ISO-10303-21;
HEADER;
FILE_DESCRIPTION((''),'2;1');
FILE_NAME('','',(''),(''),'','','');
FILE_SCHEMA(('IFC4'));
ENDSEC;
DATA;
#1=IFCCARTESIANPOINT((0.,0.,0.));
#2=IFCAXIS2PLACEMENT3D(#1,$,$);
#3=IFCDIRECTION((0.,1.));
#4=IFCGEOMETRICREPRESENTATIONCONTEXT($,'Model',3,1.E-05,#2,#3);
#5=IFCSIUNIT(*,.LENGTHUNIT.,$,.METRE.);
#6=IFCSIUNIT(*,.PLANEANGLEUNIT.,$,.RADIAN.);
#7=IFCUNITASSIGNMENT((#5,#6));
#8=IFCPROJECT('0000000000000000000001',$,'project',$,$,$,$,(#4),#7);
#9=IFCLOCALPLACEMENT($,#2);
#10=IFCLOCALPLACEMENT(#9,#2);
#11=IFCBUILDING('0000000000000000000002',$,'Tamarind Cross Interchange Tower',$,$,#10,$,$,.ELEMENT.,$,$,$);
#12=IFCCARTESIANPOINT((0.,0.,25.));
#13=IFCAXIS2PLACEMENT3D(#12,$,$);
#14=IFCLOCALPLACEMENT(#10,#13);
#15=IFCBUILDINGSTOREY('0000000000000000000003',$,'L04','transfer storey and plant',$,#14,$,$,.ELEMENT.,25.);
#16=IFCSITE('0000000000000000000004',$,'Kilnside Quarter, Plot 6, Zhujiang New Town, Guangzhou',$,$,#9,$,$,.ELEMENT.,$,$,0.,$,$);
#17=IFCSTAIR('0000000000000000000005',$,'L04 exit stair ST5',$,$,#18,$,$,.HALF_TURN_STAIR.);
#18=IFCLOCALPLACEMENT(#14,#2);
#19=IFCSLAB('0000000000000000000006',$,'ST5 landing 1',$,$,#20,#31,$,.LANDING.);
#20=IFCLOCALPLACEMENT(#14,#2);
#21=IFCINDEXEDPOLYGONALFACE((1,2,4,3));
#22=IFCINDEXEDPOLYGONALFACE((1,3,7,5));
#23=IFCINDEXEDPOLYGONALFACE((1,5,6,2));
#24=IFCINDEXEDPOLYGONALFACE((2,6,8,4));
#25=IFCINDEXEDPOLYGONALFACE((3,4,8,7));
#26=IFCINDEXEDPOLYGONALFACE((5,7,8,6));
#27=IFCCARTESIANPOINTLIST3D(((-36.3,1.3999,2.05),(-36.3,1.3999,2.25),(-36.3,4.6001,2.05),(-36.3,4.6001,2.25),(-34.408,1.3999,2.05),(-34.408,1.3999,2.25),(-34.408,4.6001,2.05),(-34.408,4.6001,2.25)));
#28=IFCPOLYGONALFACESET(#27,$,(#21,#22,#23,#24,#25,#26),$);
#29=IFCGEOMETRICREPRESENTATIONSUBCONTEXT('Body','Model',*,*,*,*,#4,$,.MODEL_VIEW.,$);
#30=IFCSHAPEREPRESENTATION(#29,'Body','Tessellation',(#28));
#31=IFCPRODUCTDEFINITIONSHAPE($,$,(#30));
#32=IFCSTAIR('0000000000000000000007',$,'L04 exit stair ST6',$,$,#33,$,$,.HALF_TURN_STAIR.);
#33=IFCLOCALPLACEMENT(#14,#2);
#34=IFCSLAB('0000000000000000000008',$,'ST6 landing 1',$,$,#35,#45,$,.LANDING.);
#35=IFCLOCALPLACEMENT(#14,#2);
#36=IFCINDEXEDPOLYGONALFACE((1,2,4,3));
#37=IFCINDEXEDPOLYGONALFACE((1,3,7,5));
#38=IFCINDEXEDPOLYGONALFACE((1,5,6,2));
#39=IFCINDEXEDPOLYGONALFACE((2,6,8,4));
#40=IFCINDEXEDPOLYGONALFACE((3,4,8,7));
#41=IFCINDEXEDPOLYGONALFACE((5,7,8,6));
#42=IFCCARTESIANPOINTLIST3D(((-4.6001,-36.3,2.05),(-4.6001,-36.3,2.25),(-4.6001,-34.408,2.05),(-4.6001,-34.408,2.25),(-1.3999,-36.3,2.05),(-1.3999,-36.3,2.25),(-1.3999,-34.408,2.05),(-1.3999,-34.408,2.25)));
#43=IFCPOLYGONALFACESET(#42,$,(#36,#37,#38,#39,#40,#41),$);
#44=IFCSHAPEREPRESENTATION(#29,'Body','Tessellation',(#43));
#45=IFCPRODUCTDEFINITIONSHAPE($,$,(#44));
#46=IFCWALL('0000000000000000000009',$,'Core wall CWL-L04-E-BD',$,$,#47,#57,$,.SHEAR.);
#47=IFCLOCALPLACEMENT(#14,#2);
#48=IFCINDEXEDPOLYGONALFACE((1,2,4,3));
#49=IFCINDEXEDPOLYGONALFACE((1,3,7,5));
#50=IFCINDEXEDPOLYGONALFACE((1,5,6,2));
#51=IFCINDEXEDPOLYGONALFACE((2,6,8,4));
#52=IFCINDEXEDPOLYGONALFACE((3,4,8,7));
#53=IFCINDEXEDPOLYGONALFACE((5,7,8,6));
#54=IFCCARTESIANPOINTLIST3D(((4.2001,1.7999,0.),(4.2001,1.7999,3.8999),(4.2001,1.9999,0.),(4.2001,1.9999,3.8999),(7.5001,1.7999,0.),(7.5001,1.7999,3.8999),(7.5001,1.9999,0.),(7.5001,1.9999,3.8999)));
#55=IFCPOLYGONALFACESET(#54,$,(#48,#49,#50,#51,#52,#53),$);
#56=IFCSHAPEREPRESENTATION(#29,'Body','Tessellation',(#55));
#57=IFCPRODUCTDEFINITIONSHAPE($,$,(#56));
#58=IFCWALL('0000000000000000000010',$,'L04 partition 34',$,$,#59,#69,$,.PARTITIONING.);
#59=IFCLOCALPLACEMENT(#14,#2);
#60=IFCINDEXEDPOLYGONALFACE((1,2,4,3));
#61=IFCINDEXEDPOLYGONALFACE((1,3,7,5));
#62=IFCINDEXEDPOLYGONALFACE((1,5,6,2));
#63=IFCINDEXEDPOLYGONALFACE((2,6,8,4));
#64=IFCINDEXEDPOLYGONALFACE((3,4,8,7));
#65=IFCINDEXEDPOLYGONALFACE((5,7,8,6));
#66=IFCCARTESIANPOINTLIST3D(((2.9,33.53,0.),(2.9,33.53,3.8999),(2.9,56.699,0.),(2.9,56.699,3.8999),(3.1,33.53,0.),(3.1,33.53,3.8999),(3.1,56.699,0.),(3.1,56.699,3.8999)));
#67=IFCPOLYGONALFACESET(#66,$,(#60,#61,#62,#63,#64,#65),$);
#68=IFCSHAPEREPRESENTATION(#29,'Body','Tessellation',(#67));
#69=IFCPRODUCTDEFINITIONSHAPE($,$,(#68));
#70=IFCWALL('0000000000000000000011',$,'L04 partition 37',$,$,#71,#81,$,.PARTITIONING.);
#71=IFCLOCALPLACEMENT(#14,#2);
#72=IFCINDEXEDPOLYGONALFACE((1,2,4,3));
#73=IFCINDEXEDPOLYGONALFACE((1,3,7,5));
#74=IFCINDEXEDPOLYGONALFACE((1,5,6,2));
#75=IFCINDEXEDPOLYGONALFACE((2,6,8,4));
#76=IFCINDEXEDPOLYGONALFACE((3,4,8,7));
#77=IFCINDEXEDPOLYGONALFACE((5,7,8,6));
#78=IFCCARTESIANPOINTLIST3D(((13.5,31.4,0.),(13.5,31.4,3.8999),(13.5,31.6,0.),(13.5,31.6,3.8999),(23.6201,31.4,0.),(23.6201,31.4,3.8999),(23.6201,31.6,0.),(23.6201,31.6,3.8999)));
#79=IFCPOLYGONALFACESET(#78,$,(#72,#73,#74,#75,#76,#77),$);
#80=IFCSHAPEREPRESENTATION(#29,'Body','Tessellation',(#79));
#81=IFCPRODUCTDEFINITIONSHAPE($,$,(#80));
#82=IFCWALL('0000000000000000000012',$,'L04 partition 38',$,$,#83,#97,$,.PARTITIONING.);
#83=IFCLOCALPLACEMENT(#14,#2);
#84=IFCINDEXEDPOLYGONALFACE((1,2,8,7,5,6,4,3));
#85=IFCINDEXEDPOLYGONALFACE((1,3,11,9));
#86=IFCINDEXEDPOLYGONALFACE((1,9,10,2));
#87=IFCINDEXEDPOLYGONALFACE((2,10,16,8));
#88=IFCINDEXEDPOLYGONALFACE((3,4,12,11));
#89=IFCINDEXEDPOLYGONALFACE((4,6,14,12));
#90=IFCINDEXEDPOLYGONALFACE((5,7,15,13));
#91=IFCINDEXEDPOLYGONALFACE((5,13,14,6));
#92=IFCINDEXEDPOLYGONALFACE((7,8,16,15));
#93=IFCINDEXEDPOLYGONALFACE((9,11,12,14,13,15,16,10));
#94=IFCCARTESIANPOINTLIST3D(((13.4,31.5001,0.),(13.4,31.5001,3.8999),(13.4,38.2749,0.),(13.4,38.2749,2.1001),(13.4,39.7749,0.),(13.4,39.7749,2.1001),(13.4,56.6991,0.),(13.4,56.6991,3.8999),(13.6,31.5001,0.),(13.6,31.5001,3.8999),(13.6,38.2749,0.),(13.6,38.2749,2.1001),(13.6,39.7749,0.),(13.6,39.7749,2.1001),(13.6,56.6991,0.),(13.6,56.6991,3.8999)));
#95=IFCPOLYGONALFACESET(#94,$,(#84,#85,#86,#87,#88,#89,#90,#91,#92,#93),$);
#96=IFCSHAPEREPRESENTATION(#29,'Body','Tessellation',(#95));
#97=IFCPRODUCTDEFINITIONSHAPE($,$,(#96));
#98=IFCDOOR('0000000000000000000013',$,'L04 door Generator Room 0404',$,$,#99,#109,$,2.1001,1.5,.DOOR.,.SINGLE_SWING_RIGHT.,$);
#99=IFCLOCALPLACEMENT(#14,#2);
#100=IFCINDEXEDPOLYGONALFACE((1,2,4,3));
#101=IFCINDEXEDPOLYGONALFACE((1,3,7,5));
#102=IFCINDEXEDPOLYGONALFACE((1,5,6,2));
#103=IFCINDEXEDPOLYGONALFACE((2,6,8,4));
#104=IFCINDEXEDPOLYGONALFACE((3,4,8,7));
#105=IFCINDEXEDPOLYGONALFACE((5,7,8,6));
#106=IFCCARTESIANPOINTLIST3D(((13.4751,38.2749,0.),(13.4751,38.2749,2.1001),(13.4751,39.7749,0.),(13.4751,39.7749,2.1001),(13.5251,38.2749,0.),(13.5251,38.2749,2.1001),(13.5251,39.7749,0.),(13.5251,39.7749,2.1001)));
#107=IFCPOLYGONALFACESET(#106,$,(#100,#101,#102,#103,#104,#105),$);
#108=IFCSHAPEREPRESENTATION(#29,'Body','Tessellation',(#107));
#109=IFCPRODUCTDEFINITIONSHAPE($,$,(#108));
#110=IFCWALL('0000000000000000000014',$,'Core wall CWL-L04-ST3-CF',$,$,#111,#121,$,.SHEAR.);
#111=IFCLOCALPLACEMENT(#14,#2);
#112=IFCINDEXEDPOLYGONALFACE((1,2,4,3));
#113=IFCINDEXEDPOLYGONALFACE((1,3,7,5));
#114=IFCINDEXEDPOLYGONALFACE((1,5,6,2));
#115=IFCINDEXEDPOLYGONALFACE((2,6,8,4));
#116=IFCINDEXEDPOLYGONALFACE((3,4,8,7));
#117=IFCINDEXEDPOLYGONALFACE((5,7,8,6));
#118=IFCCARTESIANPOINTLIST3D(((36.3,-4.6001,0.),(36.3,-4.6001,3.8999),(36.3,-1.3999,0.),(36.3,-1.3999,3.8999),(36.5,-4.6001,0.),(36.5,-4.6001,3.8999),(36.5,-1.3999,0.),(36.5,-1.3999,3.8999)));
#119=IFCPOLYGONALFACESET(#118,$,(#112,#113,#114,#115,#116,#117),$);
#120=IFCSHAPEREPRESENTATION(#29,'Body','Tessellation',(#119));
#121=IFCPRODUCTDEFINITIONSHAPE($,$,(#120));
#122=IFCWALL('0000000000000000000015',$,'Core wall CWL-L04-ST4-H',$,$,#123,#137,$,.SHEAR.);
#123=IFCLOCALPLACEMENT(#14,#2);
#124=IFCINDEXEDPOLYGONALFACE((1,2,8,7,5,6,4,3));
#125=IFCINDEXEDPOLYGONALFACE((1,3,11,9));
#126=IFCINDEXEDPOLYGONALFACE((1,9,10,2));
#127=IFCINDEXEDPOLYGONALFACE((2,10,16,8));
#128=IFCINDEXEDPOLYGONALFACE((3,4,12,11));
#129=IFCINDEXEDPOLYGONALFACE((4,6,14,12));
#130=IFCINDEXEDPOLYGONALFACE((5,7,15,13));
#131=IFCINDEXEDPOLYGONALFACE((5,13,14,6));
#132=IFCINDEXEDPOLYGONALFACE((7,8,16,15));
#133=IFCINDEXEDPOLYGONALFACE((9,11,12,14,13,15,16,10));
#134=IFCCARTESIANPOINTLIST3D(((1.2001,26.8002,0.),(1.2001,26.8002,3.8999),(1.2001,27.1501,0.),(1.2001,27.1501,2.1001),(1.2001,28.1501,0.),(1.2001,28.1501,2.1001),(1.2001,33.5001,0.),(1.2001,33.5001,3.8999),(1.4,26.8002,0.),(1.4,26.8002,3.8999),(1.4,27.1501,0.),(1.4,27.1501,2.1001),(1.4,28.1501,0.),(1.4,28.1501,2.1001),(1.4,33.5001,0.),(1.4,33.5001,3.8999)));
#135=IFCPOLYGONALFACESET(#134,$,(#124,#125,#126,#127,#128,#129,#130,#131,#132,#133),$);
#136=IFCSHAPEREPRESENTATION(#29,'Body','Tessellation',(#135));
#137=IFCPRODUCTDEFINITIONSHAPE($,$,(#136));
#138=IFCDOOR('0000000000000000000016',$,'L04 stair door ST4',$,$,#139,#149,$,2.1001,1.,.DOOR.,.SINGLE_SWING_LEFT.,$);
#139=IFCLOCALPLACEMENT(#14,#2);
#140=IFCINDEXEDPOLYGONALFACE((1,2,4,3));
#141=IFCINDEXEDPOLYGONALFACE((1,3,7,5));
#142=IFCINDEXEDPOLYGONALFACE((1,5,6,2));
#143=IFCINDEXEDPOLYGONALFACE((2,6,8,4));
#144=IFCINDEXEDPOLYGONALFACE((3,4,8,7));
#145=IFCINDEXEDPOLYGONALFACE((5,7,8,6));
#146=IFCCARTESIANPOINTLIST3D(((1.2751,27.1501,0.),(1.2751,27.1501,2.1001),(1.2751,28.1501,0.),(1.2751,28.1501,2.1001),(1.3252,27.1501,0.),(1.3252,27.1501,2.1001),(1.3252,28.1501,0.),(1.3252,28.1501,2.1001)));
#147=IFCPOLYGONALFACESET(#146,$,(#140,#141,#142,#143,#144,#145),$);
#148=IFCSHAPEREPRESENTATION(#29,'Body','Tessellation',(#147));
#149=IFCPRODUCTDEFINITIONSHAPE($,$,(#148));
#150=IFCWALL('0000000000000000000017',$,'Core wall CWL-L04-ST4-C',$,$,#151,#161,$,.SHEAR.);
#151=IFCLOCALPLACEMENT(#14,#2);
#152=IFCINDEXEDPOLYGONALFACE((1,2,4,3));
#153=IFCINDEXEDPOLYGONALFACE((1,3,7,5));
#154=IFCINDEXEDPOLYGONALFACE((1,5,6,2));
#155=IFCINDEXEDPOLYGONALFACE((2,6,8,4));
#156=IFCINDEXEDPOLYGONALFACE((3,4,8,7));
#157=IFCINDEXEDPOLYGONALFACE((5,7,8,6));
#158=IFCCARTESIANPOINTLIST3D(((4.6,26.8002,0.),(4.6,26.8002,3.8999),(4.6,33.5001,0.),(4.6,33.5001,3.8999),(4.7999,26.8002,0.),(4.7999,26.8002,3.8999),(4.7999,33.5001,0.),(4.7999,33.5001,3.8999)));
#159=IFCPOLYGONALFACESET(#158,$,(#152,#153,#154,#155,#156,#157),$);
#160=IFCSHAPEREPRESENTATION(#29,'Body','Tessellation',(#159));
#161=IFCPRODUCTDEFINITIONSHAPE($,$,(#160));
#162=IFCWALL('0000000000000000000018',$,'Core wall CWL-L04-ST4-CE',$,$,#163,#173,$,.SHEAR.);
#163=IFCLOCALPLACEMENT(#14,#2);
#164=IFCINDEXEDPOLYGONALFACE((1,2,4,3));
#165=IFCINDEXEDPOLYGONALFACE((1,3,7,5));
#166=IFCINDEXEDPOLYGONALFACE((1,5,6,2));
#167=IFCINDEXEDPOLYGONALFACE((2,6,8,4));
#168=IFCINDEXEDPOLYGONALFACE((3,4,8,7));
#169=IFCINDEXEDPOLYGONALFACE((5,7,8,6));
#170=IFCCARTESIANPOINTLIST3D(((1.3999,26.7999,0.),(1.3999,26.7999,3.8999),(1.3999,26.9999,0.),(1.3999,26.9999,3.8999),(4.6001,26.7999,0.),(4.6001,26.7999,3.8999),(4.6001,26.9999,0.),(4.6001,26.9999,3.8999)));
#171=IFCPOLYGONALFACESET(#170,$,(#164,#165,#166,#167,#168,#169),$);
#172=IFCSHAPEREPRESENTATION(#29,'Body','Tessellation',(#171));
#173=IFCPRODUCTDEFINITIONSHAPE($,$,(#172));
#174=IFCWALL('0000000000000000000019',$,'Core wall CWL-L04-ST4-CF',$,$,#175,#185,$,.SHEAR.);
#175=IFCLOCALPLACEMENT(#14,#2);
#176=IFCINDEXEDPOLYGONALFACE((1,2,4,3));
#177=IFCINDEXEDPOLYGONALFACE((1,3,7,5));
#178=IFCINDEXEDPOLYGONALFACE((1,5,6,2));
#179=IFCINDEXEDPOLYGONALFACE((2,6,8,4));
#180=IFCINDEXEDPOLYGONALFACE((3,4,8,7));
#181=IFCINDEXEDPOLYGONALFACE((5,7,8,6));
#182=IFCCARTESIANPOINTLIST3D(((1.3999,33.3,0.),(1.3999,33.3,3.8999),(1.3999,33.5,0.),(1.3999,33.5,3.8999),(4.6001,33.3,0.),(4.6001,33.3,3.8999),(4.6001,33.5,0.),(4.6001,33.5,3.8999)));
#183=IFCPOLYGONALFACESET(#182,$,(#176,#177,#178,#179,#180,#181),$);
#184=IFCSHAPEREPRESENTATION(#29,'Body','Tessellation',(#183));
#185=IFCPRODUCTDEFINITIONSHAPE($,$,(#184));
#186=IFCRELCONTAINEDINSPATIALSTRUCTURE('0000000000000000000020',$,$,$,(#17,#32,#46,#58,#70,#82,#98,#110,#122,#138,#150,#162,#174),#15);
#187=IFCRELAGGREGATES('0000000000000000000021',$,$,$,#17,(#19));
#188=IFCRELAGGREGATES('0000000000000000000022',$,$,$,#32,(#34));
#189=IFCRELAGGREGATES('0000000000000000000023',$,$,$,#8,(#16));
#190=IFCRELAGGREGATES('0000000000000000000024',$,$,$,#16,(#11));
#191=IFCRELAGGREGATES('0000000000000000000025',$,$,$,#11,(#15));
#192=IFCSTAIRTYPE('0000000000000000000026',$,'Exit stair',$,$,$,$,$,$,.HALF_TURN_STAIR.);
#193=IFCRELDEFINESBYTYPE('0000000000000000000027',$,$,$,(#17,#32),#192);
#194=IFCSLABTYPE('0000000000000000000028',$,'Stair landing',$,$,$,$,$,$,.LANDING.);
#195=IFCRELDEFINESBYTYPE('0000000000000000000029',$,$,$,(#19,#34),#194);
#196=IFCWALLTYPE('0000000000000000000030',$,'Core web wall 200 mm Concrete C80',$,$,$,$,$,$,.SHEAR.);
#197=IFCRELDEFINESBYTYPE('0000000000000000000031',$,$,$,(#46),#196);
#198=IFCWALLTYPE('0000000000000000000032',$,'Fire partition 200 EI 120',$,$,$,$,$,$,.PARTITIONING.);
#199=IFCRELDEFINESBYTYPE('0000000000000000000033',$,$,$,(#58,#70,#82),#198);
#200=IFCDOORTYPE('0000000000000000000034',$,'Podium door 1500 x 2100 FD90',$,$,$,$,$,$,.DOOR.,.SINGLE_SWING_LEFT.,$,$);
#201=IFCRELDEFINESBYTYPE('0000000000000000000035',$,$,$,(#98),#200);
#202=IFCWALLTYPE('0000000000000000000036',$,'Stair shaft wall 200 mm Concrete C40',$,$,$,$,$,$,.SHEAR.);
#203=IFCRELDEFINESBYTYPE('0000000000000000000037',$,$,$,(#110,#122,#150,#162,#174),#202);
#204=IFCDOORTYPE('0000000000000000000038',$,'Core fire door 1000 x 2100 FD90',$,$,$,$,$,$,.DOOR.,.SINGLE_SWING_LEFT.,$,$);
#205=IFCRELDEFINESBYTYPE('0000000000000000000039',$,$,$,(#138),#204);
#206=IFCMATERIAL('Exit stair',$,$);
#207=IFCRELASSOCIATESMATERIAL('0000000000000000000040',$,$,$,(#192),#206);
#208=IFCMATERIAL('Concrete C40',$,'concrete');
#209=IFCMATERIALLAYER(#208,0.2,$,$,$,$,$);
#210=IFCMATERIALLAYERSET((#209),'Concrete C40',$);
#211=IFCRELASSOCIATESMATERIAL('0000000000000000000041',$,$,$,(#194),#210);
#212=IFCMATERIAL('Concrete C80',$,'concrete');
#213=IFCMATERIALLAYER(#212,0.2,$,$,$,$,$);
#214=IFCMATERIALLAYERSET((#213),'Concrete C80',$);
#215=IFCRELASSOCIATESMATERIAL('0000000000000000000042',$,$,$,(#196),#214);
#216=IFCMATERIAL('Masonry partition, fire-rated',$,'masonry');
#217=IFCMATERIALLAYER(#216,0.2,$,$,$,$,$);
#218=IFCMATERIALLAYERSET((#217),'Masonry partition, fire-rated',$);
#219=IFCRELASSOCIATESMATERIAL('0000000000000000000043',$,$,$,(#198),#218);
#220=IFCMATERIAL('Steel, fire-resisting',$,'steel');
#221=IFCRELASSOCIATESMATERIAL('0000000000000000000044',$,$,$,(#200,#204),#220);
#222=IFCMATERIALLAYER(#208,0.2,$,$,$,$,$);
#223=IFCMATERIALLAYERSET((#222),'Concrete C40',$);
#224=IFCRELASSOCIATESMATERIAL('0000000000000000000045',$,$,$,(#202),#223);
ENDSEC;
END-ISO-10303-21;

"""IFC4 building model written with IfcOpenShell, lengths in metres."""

from ifc_helpers import new_model, si_unit, direction, frame, frame_2d, origin, place, context, subcontext, project, spatial, polyline, rectangle, outline, extrude, material, layer, layer_set, type_object, element, fill, aggregate, save


model = new_model("IFC4")

# Units and contexts
model_context = context("Model", 3, precision=1e-05, world=origin(), true_north=direction((0.0, 1.0)))
body_context = subcontext(model_context, "Body", "Model", "MODEL_VIEW")
ifc_project = project(units=[si_unit("LENGTHUNIT", "METRE"), si_unit("PLANEANGLEUNIT", "RADIAN")], contexts=[model_context])

# Site, building, storey
site_placement = place(None, origin())
site = spatial("IfcSite", under=ifc_project, at=site_placement, Name="Kilnside Quarter, Plot 6, Zhujiang New Town, Guangzhou", CompositionType="ELEMENT", RefElevation=0.0)
building_placement = place(site_placement, origin())
building = spatial("IfcBuilding", under=site, at=building_placement, Name="Tamarind Cross Interchange Tower", CompositionType="ELEMENT")
storey_placement = place(building_placement, frame((0.0, 0.0, 25.0)))
storey = spatial("IfcBuildingStorey", under=building, at=storey_placement, Name="L04", Description="transfer storey and plant", CompositionType="ELEMENT", Elevation=25.0)

# Shared definitions
ifc_material_1 = material(Name="Concrete C80", Category="concrete")

# Stairs, slabs
ifc_material_2 = material(Name="Exit stair")
stair_type = type_object("IfcStairType", Name="Exit stair", PredefinedType="HALF_TURN_STAIR", material=ifc_material_2)
ifc_material_3 = material(Name="Concrete C40", Category="concrete")
ifc_layer_1 = layer(ifc_material_3, 0.2)
ifc_layer_set_1 = layer_set([ifc_layer_1], Name="Concrete C40")
slab_type = type_object("IfcSlabType", Name="Stair landing", PredefinedType="LANDING", material=ifc_layer_set_1)
stair_1_placement = place(storey_placement, origin())
stair_1 = element("IfcStair", 1, at=stair_1_placement, inside=storey, type_object=stair_type, Name="L04 exit stair ST5", PredefinedType="HALF_TURN_STAIR")
slab_1_placement = place(storey_placement, frame((0.0, 0.0, 2.05)))
slab_1 = element("IfcSlab", 2, at=slab_1_placement, type_object=slab_type, Name="ST5 landing 1", PredefinedType="LANDING", context=body_context, shape_type="SweptSolid", body=[
    extrude(outline(polyline([(-34.408, 4.6001), (-36.3, 4.6001), (-36.3, 1.3999), (-34.408, 1.3999), (-34.408, 4.6001)])), origin(), (0.0, 0.0, 1.0), 0.2),
])
aggregate(stair_1, [slab_1])
stair_2_placement = place(storey_placement, origin())
stair_2 = element("IfcStair", 3, at=stair_2_placement, inside=storey, type_object=stair_type, Name="L04 exit stair ST6", PredefinedType="HALF_TURN_STAIR")
slab_2_placement = place(storey_placement, frame((0.0, 0.0, 2.05)))
slab_2 = element("IfcSlab", 4, at=slab_2_placement, type_object=slab_type, Name="ST6 landing 1", PredefinedType="LANDING", context=body_context, shape_type="SweptSolid", body=[
    extrude(outline(polyline([(-4.6001, -34.408), (-4.6001, -36.3), (-1.3999, -36.3), (-1.3999, -34.408), (-4.6001, -34.408)])), origin(), (0.0, 0.0, 1.0), 0.2),
])
aggregate(stair_2, [slab_2])

# Walls
ifc_layer_2 = layer(ifc_material_1, 0.2)
ifc_layer_set_2 = layer_set([ifc_layer_2], Name="Concrete C80")
wall_type_1 = type_object("IfcWallType", Name="Core web wall 200 mm Concrete C80", PredefinedType="SHEAR", material=ifc_layer_set_2)
wall_1_placement = place(storey_placement, frame((7.5, 1.8999, 0.0), z_axis=(0.0, 0.0, 1.0), x_axis=(-1.0, 0.0, 0.0)))
element("IfcWall", 5, at=wall_1_placement, inside=storey, type_object=wall_type_1, Name="Core wall CWL-L04-E-BD", PredefinedType="SHEAR", context=body_context, shape_type="SweptSolid", body=[
    extrude(rectangle(XDim=3.3, YDim=0.2, at=frame_2d((1.6499, 0.0))), origin(), (0.0, 0.0, 1.0), 3.8999),
])
ifc_material_4 = material(Name="Masonry partition, fire-rated", Category="masonry")
ifc_layer_3 = layer(ifc_material_4, 0.2)
ifc_layer_set_3 = layer_set([ifc_layer_3], Name="Masonry partition, fire-rated")
wall_type_2 = type_object("IfcWallType", Name="Fire partition 200 EI 120", PredefinedType="PARTITIONING", material=ifc_layer_set_3)
wall_2_placement = place(storey_placement, frame((3.0, 33.53, 0.0), z_axis=(0.0, 0.0, 1.0), x_axis=(0.0, 1.0, 0.0)))
element("IfcWall", 6, at=wall_2_placement, inside=storey, type_object=wall_type_2, Name="L04 partition 34", PredefinedType="PARTITIONING", context=body_context, shape_type="SweptSolid", body=[
    extrude(rectangle(XDim=23.1689, YDim=0.2, at=frame_2d((11.5845, 0.0))), origin(), (0.0, 0.0, 1.0), 3.8999),
])
wall_3_placement = place(storey_placement, frame((13.5, 31.5, 0.0), z_axis=(0.0, 0.0, 1.0), x_axis=(1.0, 0.0, 0.0)))
element("IfcWall", 7, at=wall_3_placement, inside=storey, type_object=wall_type_2, Name="L04 partition 37", PredefinedType="PARTITIONING", context=body_context, shape_type="SweptSolid", body=[
    extrude(rectangle(XDim=10.1201, YDim=0.2, at=frame_2d((5.0601, 0.0))), origin(), (0.0, 0.0, 1.0), 3.8999),
])

# Wall, opening, door
wall_4_placement = place(storey_placement, frame((13.5, 31.5, 0.0), z_axis=(0.0, 0.0, 1.0), x_axis=(0.0, 1.0, 0.0)))
wall_4 = element("IfcWall", 8, at=wall_4_placement, inside=storey, type_object=wall_type_2, Name="L04 partition 38", PredefinedType="PARTITIONING", context=body_context, shape_type="SweptSolid", body=[
    extrude(rectangle(XDim=25.199, YDim=0.2, at=frame_2d((12.5996, 0.0))), origin(), (0.0, 0.0, 1.0), 3.8999),
])
opening_1_placement = place(wall_4_placement, frame((6.7749, 0.0, 0.0)))
opening_1 = element("IfcOpeningElement", 9, at=opening_1_placement, cuts=wall_4, PredefinedType="OPENING", context=body_context, shape_type="SweptSolid", body=[
    extrude(rectangle(XDim=1.5, YDim=2.1001, at=frame_2d((0.75, 1.05))), frame((0.0, 0.1099, 0.0), z_axis=(0.0, -1.0, 0.0), x_axis=(1.0, 0.0, 0.0)), (0.0, 0.0, 1.0), 0.22),
])
ifc_material_5 = material(Name="Steel, fire-resisting", Category="steel")
door_type_1 = type_object("IfcDoorType", Name="Podium door 1500 x 2100 FD90", OperationType="SINGLE_SWING_LEFT", PredefinedType="DOOR", material=ifc_material_5)
door_1_placement = place(opening_1_placement, origin())
door_1 = element("IfcDoor", 10, at=door_1_placement, inside=storey, type_object=door_type_1, Name="L04 door Generator Room 0404", OperationType="SINGLE_SWING_RIGHT", OverallHeight=2.1001, OverallWidth=1.5, PredefinedType="DOOR", context=body_context, shape_type="SweptSolid", body=[
    extrude(rectangle(XDim=1.5, YDim=2.1001, at=frame_2d((0.75, 1.05))), frame((0.0, 0.0249, 0.0), z_axis=(0.0, -1.0, 0.0), x_axis=(1.0, 0.0, 0.0)), (0.0, 0.0, 1.0), 0.05),
])
fill(opening_1, door_1)

# Wall
ifc_layer_4 = layer(ifc_material_3, 0.2)
ifc_layer_set_4 = layer_set([ifc_layer_4], Name="Concrete C40")
wall_type_3 = type_object("IfcWallType", Name="Stair shaft wall 200 mm Concrete C40", PredefinedType="SHEAR", material=ifc_layer_set_4)
wall_5_placement = place(storey_placement, origin())
element("IfcWall", 11, at=wall_5_placement, inside=storey, type_object=wall_type_3, Name="Core wall CWL-L04-ST3-CF", PredefinedType="SHEAR", context=body_context, shape_type="SweptSolid", body=[
    extrude(outline(polyline([(36.3, -4.6001), (36.5, -4.6001), (36.5, -1.3999), (36.3, -1.3999), (36.3, -4.6001)])), origin(), (0.0, 0.0, 1.0), 3.8999),
])

# Wall, opening, door
wall_6_placement = place(storey_placement, frame((1.3, 26.8, 0.0), z_axis=(0.0, 0.0, 1.0), x_axis=(0.0, 1.0, 0.0)))
wall_6 = element("IfcWall", 12, at=wall_6_placement, inside=storey, type_object=wall_type_3, Name="Core wall CWL-L04-ST4-H", PredefinedType="SHEAR", context=body_context, shape_type="SweptSolid", body=[
    extrude(rectangle(XDim=6.7, YDim=0.2, at=frame_2d((3.3501, 0.0))), origin(), (0.0, 0.0, 1.0), 3.8999),
])
opening_2_placement = place(wall_6_placement, frame((0.3501, 0.0, 0.0)))
opening_2 = element("IfcOpeningElement", 13, at=opening_2_placement, cuts=wall_6, PredefinedType="OPENING", context=body_context, shape_type="SweptSolid", body=[
    extrude(rectangle(XDim=1.0, YDim=2.1001, at=frame_2d((0.5, 1.05))), frame((0.0, 0.1099, 0.0), z_axis=(0.0, -1.0, 0.0), x_axis=(1.0, 0.0, 0.0)), (0.0, 0.0, 1.0), 0.22),
])
door_type_2 = type_object("IfcDoorType", Name="Core fire door 1000 x 2100 FD90", OperationType="SINGLE_SWING_LEFT", PredefinedType="DOOR", material=ifc_material_5)
door_2_placement = place(opening_2_placement, origin())
door_2 = element("IfcDoor", 14, at=door_2_placement, inside=storey, type_object=door_type_2, Name="L04 stair door ST4", OperationType="SINGLE_SWING_LEFT", OverallHeight=2.1001, OverallWidth=1.0, PredefinedType="DOOR", context=body_context, shape_type="SweptSolid", body=[
    extrude(rectangle(XDim=1.0, YDim=2.1001, at=frame_2d((0.5, 1.05))), frame((0.0, 0.0249, 0.0), z_axis=(0.0, -1.0, 0.0), x_axis=(1.0, 0.0, 0.0)), (0.0, 0.0, 1.0), 0.05),
])
fill(opening_2, door_2)

# Walls
wall_7_placement = place(storey_placement, frame((4.7, 26.8, 0.0), z_axis=(0.0, 0.0, 1.0), x_axis=(0.0, 1.0, 0.0)))
element("IfcWall", 15, at=wall_7_placement, inside=storey, type_object=wall_type_3, Name="Core wall CWL-L04-ST4-C", PredefinedType="SHEAR", context=body_context, shape_type="SweptSolid", body=[
    extrude(rectangle(XDim=6.7, YDim=0.2, at=frame_2d((3.3501, 0.0))), origin(), (0.0, 0.0, 1.0), 3.8999),
])
wall_8_placement = place(storey_placement, frame((4.6001, 26.8999, 0.0), z_axis=(0.0, 0.0, 1.0), x_axis=(-1.0, 0.0, 0.0)))
element("IfcWall", 16, at=wall_8_placement, inside=storey, type_object=wall_type_3, Name="Core wall CWL-L04-ST4-CE", PredefinedType="SHEAR", context=body_context, shape_type="SweptSolid", body=[
    extrude(rectangle(XDim=3.2002, YDim=0.2, at=frame_2d((1.6001, 0.0))), origin(), (0.0, 0.0, 1.0), 3.8999),
])
wall_9_placement = place(storey_placement, origin())
element("IfcWall", 17, at=wall_9_placement, inside=storey, type_object=wall_type_3, Name="Core wall CWL-L04-ST4-CF", PredefinedType="SHEAR", context=body_context, shape_type="SweptSolid", body=[
    extrude(outline(polyline([(4.6001, 33.3), (4.6001, 33.5), (1.3999, 33.5), (1.3999, 33.3), (4.6001, 33.3)])), origin(), (0.0, 0.0, 1.0), 3.8999),
])

save(model, "model.ifc")
